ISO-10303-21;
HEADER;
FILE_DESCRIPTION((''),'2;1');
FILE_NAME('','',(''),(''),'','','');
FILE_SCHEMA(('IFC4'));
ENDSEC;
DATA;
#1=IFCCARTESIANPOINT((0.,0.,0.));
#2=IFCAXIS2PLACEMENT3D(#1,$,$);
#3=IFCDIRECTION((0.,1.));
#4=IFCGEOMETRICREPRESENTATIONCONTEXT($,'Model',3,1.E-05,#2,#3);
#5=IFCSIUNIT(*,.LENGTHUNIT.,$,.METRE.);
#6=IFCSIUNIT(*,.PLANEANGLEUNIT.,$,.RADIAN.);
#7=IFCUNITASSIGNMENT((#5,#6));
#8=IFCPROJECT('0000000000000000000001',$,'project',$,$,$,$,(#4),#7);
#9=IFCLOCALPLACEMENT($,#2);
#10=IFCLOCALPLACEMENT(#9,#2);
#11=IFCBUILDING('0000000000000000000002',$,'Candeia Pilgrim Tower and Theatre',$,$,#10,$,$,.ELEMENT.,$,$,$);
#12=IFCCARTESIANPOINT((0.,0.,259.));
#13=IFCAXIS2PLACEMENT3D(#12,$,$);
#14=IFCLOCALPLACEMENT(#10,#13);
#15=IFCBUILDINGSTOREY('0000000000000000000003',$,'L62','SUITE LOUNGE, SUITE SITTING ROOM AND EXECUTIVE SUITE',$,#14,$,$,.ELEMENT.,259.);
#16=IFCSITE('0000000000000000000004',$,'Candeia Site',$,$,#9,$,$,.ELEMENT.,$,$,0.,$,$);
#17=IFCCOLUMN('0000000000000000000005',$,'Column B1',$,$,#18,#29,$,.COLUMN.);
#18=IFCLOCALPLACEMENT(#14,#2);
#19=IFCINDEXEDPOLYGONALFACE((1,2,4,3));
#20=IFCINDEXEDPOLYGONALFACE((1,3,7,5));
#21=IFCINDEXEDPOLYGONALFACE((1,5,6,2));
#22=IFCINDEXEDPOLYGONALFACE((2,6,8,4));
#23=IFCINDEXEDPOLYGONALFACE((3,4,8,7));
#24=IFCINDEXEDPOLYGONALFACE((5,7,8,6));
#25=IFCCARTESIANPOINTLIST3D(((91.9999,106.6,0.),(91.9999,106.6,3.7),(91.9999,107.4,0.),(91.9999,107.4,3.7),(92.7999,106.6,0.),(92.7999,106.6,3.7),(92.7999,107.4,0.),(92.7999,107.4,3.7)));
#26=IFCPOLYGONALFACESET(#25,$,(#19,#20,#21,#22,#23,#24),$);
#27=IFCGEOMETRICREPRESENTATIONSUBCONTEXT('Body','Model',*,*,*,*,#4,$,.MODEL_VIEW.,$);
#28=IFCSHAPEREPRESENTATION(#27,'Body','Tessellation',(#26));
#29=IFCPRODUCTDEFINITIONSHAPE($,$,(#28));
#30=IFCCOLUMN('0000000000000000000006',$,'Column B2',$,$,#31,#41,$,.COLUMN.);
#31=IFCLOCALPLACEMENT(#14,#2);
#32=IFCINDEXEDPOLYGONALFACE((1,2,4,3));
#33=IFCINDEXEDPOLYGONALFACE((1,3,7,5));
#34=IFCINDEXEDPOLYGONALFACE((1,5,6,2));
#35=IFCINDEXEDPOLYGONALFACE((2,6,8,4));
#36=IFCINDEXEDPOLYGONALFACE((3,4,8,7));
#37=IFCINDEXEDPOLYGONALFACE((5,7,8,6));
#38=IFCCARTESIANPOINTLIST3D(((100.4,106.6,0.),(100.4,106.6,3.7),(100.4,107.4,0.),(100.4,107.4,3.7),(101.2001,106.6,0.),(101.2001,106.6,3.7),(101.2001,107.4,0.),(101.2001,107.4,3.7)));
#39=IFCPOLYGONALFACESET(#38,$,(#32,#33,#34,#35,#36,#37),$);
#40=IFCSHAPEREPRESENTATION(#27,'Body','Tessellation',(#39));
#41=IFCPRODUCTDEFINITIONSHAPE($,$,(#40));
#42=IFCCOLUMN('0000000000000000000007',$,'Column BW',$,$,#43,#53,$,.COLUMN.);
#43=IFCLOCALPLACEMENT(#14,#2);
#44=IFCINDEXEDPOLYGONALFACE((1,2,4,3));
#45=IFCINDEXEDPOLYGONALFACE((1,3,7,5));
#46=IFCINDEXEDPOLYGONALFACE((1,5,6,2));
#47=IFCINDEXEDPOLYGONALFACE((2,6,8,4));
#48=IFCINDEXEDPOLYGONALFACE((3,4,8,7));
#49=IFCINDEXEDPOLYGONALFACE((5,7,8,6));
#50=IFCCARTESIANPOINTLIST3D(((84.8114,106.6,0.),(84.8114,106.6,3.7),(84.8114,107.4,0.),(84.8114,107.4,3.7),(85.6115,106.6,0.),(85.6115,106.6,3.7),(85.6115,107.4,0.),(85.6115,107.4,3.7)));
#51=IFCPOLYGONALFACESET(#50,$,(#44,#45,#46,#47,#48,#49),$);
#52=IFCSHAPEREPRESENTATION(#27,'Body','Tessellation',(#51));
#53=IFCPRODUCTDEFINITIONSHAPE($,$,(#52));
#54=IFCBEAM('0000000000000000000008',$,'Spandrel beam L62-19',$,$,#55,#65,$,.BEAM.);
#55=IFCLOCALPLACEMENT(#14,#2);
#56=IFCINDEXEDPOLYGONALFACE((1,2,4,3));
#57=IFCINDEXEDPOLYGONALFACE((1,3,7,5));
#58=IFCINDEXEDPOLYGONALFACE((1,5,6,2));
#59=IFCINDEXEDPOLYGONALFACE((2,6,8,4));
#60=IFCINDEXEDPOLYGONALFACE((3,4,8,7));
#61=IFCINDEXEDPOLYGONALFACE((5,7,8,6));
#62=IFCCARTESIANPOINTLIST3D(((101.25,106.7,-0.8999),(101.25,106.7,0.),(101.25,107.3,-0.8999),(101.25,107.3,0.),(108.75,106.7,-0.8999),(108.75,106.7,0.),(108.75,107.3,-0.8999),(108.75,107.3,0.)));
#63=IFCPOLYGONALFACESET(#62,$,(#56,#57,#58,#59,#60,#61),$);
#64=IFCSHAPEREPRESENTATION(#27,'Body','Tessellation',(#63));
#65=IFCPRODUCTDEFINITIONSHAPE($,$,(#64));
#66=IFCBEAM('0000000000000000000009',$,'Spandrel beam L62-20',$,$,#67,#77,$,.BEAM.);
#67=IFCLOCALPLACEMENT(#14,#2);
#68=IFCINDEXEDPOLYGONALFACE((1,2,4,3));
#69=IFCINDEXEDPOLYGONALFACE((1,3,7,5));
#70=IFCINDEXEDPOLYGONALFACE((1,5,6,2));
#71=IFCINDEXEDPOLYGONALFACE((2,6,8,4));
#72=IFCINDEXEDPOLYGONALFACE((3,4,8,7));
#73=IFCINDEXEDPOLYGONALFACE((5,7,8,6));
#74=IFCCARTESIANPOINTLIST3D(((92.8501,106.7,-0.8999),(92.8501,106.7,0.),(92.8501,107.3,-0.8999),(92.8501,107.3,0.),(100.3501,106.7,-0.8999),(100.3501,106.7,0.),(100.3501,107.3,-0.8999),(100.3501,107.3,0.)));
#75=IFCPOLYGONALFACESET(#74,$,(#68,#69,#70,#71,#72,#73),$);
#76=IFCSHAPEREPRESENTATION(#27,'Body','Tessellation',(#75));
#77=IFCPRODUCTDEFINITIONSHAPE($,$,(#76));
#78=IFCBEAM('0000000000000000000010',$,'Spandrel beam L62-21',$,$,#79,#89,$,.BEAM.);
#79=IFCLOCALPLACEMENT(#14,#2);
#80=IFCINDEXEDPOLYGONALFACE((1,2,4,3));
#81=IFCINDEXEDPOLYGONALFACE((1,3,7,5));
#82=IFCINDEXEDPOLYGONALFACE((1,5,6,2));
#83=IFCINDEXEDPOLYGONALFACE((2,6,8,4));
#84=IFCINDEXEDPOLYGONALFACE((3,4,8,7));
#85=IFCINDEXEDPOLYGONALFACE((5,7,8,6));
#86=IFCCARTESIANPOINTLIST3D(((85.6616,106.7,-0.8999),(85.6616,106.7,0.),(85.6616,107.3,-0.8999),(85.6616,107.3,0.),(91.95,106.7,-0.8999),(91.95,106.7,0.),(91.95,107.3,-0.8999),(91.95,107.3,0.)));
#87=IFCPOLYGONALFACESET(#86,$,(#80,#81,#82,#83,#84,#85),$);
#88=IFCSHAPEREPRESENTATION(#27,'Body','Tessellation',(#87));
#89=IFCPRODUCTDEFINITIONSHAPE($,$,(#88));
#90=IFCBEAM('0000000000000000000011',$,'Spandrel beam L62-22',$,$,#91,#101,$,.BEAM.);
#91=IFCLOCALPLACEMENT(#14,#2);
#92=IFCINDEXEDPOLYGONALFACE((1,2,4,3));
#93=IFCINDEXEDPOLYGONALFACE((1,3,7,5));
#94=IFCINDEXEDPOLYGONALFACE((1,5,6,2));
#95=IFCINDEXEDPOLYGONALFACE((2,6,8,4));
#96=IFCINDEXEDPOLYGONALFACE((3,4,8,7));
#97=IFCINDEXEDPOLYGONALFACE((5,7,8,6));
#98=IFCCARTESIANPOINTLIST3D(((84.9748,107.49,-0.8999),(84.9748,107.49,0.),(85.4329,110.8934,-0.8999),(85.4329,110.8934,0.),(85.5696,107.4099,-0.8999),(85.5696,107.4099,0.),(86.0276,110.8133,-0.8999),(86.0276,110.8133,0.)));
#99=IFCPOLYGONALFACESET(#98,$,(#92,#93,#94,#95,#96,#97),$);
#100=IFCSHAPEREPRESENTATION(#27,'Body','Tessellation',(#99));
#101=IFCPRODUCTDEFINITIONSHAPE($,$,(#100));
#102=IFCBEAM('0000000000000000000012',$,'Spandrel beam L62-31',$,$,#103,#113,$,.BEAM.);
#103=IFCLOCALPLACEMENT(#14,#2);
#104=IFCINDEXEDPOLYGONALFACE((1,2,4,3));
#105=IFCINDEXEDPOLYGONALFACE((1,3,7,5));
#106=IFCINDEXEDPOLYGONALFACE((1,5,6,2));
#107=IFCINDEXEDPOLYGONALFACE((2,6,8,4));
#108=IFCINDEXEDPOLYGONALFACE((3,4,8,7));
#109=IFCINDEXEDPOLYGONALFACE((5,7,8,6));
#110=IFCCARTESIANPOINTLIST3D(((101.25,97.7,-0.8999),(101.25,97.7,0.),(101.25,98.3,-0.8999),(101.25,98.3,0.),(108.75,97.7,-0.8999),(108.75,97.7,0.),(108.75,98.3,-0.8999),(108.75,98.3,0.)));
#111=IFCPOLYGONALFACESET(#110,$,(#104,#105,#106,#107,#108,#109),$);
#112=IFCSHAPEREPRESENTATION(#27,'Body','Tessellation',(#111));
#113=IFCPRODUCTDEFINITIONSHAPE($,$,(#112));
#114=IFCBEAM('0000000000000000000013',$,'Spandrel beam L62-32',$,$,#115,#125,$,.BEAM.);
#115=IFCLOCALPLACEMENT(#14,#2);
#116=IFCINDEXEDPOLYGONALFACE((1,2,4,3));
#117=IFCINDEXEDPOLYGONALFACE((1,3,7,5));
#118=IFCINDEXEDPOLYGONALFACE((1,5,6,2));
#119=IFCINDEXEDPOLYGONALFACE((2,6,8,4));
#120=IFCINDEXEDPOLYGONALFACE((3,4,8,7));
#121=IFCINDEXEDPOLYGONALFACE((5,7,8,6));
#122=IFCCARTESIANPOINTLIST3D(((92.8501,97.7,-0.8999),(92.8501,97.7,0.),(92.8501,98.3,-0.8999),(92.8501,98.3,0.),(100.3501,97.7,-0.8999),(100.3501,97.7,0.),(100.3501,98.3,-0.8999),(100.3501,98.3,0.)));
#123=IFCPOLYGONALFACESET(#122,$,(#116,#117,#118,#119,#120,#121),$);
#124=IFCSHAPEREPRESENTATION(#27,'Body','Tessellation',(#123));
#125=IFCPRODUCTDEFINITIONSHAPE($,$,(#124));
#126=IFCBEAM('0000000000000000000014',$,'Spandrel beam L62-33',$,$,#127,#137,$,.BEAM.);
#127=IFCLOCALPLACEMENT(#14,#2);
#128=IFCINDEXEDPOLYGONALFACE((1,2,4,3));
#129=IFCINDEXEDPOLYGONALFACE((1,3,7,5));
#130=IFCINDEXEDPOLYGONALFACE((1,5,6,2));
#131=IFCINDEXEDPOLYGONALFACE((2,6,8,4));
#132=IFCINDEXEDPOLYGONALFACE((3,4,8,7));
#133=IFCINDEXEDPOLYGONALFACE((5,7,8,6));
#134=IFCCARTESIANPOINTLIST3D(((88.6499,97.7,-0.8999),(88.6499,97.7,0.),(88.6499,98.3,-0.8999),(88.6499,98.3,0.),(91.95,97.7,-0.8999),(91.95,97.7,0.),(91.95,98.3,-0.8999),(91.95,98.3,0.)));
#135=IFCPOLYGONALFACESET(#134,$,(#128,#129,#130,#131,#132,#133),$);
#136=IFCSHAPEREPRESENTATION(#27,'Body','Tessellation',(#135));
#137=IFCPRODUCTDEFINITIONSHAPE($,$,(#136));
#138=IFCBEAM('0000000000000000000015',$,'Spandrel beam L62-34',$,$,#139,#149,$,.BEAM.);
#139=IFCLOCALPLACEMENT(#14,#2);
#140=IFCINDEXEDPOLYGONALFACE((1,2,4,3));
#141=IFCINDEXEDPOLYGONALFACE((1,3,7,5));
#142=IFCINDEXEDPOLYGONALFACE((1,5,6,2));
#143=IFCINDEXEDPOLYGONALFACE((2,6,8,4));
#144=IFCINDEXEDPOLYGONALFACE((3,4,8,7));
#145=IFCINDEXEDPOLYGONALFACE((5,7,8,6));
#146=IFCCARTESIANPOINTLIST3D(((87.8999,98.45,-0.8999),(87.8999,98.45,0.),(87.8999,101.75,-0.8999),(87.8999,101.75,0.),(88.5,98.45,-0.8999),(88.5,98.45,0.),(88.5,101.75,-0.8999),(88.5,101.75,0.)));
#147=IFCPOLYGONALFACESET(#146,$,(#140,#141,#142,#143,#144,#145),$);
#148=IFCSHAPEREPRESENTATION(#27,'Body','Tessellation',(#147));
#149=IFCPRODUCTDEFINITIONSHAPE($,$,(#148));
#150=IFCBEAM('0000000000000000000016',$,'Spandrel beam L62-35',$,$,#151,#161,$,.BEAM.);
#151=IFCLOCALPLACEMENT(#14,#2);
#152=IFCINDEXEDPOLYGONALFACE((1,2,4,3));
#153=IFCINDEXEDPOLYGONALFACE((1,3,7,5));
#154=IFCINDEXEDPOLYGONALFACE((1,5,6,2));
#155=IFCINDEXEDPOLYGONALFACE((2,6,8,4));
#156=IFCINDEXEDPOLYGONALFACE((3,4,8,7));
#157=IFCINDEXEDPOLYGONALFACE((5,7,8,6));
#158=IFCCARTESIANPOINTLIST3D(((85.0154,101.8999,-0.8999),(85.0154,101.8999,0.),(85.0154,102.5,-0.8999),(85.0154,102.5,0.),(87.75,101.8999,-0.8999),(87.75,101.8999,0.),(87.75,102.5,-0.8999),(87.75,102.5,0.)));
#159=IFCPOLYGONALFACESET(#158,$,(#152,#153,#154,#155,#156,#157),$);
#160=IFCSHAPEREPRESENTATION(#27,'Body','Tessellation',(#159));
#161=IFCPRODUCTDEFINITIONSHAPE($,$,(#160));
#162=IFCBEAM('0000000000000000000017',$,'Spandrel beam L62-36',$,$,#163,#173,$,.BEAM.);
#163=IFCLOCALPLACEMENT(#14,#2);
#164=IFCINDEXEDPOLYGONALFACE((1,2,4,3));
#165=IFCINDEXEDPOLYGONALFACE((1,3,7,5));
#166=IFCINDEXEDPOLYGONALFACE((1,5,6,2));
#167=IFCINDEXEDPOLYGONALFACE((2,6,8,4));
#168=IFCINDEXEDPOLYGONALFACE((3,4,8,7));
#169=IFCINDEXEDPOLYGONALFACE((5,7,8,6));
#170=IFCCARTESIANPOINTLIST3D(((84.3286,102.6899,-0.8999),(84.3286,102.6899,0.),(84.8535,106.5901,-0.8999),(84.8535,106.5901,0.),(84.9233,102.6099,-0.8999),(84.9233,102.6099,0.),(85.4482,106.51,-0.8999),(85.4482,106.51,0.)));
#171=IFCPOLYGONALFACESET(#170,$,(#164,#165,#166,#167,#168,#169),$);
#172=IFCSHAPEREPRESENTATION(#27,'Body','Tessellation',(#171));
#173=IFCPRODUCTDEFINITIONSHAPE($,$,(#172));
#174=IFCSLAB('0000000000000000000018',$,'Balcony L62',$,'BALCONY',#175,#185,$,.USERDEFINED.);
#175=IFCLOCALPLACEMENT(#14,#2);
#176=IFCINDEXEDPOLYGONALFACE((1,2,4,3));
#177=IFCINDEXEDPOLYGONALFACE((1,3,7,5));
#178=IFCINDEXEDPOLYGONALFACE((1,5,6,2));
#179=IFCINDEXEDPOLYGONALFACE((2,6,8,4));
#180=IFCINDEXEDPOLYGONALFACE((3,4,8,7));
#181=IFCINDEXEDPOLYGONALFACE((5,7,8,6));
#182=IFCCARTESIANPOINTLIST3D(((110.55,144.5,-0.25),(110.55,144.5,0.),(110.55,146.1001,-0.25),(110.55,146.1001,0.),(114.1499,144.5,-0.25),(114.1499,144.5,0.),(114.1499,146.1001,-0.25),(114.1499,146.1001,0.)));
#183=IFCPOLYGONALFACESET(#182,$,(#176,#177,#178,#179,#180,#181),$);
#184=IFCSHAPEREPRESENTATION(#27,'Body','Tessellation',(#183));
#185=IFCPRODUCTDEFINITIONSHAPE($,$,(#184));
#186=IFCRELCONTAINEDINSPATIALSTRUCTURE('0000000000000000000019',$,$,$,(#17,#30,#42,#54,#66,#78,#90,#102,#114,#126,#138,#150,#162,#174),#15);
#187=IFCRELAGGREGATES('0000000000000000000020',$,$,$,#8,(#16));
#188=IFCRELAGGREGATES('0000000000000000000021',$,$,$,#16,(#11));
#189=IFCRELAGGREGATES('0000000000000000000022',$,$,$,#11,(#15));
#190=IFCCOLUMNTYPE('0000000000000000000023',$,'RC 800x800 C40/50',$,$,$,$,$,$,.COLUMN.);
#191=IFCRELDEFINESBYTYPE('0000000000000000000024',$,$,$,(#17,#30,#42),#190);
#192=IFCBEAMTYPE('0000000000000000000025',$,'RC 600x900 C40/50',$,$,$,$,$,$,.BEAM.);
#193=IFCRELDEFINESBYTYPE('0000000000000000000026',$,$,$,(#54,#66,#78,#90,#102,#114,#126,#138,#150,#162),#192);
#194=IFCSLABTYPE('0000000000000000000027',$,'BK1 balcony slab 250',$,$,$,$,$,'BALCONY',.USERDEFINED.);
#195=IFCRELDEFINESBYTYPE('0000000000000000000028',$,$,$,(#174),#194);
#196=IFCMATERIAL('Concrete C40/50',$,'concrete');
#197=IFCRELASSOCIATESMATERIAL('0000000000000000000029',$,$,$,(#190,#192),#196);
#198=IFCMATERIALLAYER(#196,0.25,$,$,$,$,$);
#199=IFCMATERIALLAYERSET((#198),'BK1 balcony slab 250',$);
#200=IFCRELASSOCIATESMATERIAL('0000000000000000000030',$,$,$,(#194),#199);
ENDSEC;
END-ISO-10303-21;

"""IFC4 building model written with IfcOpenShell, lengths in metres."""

from ifc_helpers import new_model, si_unit, direction, frame, origin, origin_2d, place, context, subcontext, project, spatial, polyline, rectangle, outline, extrude, material, layer, layer_set, material_profile, profile_set, type_object, element, save


model = new_model("IFC4")

# Units and contexts
model_context = context("Model", 3, precision=1e-05, world=origin(), true_north=direction((0.0, 1.0)))
body_context = subcontext(model_context, "Body", "Model", "MODEL_VIEW")
ifc_project = project(units=[si_unit("LENGTHUNIT", "METRE"), si_unit("PLANEANGLEUNIT", "RADIAN")], contexts=[model_context])

# Site, building, storey
site_placement = place(None, origin())
site = spatial("IfcSite", under=ifc_project, at=site_placement, Name="Candeia Site", CompositionType="ELEMENT", RefElevation=0.0)
building_placement = place(site_placement, origin())
building = spatial("IfcBuilding", under=site, at=building_placement, Name="Candeia Pilgrim Tower and Theatre", CompositionType="ELEMENT")
storey_placement = place(building_placement, frame((0.0, 0.0, 259.0)))
storey = spatial("IfcBuildingStorey", under=building, at=storey_placement, Name="L62", Description="SUITE LOUNGE, SUITE SITTING ROOM AND EXECUTIVE SUITE", CompositionType="ELEMENT", Elevation=259.0)

# Columns
ifc_material_1 = material(Name="Concrete C40/50", Category="concrete")
ifc_material_profile_1 = material_profile(ifc_material_1, rectangle(XDim=0.8, YDim=0.8, at=origin_2d()))
ifc_profile_set_1 = profile_set([ifc_material_profile_1], Name="Concrete C40/50")
column_type = type_object("IfcColumnType", Name="RC 800x800 C40/50", PredefinedType="COLUMN", material=ifc_profile_set_1)
for number, where, z_axis, x_axis, name in (
    (1, (92.3999, 107.0, 0.0), (0.0, 0.0, 1.0), (1.0, 0.0, 0.0), "Column B1"),
    (2, (100.8, 107.0, 0.0), (0.0, 0.0, 1.0), (1.0, 0.0, 0.0), "Column B2"),
    (3, (85.2114, 107.0, 0.0), (0.0, 0.0, 1.0), (1.0, 0.0, 0.0), "Column BW"),
):
    element("IfcColumn", number, at=place(storey_placement, frame(where, z_axis=z_axis, x_axis=x_axis)), inside=storey, type_object=column_type, Name=name, PredefinedType="COLUMN", context=body_context, shape_type="SweptSolid", body=[
        extrude(rectangle(XDim=0.8, YDim=0.8, at=origin_2d()), origin(), (0.0, 0.0, 1.0), 3.7),
    ])

# Beams
ifc_material_profile_2 = material_profile(ifc_material_1, rectangle(XDim=0.6001, YDim=0.8999, at=origin_2d()))
ifc_profile_set_2 = profile_set([ifc_material_profile_2], Name="Concrete C40/50")
beam_type = type_object("IfcBeamType", Name="RC 600x900 C40/50", PredefinedType="BEAM", material=ifc_profile_set_2)
for number, where, z_axis, x_axis, name in (
    (4, (108.75, 107.0, -0.45), (-1.0, 0.0, 0.0), (0.0, -1.0, 0.0), "Spandrel beam L62-19"),
    (5, (100.3501, 107.0, -0.45), (-1.0, 0.0, 0.0), (0.0, -1.0, 0.0), "Spandrel beam L62-20"),
):
    element("IfcBeam", number, at=place(storey_placement, frame(where, z_axis=z_axis, x_axis=x_axis)), inside=storey, type_object=beam_type, Name=name, PredefinedType="BEAM", context=body_context, shape_type="SweptSolid", body=[
        extrude(rectangle(XDim=0.6001, YDim=0.8999, at=origin_2d()), origin(), (0.0, 0.0, 1.0), 7.5),
    ])
beam_1_placement = place(storey_placement, frame((91.95, 107.0, -0.45), z_axis=(-1.0, 0.0, 0.0), x_axis=(0.0, -1.0, 0.0)))
element("IfcBeam", 6, at=beam_1_placement, inside=storey, type_object=beam_type, Name="Spandrel beam L62-21", PredefinedType="BEAM", context=body_context, shape_type="SweptSolid", body=[
    extrude(rectangle(XDim=0.6001, YDim=0.8999, at=origin_2d()), origin(), (0.0, 0.0, 1.0), 6.2883),
])
beam_2_placement = place(storey_placement, frame((85.2722, 107.45, -0.45), z_axis=(0.133374, 0.991066, 0.0), x_axis=(-0.991066, 0.133374, 0.0)))
element("IfcBeam", 7, at=beam_2_placement, inside=storey, type_object=beam_type, Name="Spandrel beam L62-22", PredefinedType="BEAM", context=body_context, shape_type="SweptSolid", body=[
    extrude(rectangle(XDim=0.6001, YDim=0.8999, at=origin_2d()), origin(), (0.0, 0.0, 1.0), 3.4341),
])
for number, where, z_axis, x_axis, name in (
    (8, (108.75, 98.0, -0.45), (-1.0, 0.0, 0.0), (0.0, -1.0, 0.0), "Spandrel beam L62-31"),
    (9, (100.3501, 98.0, -0.45), (-1.0, 0.0, 0.0), (0.0, -1.0, 0.0), "Spandrel beam L62-32"),
):
    element("IfcBeam", number, at=place(storey_placement, frame(where, z_axis=z_axis, x_axis=x_axis)), inside=storey, type_object=beam_type, Name=name, PredefinedType="BEAM", context=body_context, shape_type="SweptSolid", body=[
        extrude(rectangle(XDim=0.6001, YDim=0.8999, at=origin_2d()), origin(), (0.0, 0.0, 1.0), 7.5),
    ])
for number, where, z_axis, x_axis, name in (
    (10, (91.95, 98.0, -0.45), (-1.0, 0.0, 0.0), (0.0, -1.0, 0.0), "Spandrel beam L62-33"),
    (11, (88.2, 98.45, -0.45), (0.0, 1.0, 0.0), (-1.0, 0.0, 0.0), "Spandrel beam L62-34"),
):
    element("IfcBeam", number, at=place(storey_placement, frame(where, z_axis=z_axis, x_axis=x_axis)), inside=storey, type_object=beam_type, Name=name, PredefinedType="BEAM", context=body_context, shape_type="SweptSolid", body=[
        extrude(rectangle(XDim=0.6001, YDim=0.8999, at=origin_2d()), origin(), (0.0, 0.0, 1.0), 3.3),
    ])
beam_3_placement = place(storey_placement, frame((87.75, 102.2, -0.45), z_axis=(-1.0, 0.0, 0.0), x_axis=(0.0, -1.0, 0.0)))
element("IfcBeam", 12, at=beam_3_placement, inside=storey, type_object=beam_type, Name="Spandrel beam L62-35", PredefinedType="BEAM", context=body_context, shape_type="SweptSolid", body=[
    extrude(rectangle(XDim=0.6001, YDim=0.8999, at=origin_2d()), origin(), (0.0, 0.0, 1.0), 2.7346),
])
beam_4_placement = place(storey_placement, frame((84.626, 102.6499, -0.45), z_axis=(0.133383, 0.991065, 0.0), x_axis=(-0.991065, 0.133383, 0.0)))
element("IfcBeam", 13, at=beam_4_placement, inside=storey, type_object=beam_type, Name="Spandrel beam L62-36", PredefinedType="BEAM", context=body_context, shape_type="SweptSolid", body=[
    extrude(rectangle(XDim=0.6001, YDim=0.8999, at=origin_2d()), origin(), (0.0, 0.0, 1.0), 3.9353),
])

# Slab
ifc_layer_1 = layer(ifc_material_1, 0.25)
ifc_layer_set_1 = layer_set([ifc_layer_1], Name="BK1 balcony slab 250")
slab_type_1 = type_object("IfcSlabType", Name="BK1 balcony slab 250", ElementType="BALCONY", PredefinedType="USERDEFINED", material=ifc_layer_set_1)
slab_1_placement = place(storey_placement, frame((0.0, 0.0, -0.25)))
element("IfcSlab", 14, at=slab_1_placement, inside=storey, type_object=slab_type_1, Name="Balcony L62", ObjectType="BALCONY", PredefinedType="USERDEFINED", context=body_context, shape_type="SweptSolid", body=[
    extrude(outline(polyline([(110.55, 144.5), (114.1499, 144.5), (114.1499, 146.1001), (110.55, 146.1001), (110.55, 144.5)])), origin(), (0.0, 0.0, 1.0), 0.25),
])

save(model, "model.ifc")
